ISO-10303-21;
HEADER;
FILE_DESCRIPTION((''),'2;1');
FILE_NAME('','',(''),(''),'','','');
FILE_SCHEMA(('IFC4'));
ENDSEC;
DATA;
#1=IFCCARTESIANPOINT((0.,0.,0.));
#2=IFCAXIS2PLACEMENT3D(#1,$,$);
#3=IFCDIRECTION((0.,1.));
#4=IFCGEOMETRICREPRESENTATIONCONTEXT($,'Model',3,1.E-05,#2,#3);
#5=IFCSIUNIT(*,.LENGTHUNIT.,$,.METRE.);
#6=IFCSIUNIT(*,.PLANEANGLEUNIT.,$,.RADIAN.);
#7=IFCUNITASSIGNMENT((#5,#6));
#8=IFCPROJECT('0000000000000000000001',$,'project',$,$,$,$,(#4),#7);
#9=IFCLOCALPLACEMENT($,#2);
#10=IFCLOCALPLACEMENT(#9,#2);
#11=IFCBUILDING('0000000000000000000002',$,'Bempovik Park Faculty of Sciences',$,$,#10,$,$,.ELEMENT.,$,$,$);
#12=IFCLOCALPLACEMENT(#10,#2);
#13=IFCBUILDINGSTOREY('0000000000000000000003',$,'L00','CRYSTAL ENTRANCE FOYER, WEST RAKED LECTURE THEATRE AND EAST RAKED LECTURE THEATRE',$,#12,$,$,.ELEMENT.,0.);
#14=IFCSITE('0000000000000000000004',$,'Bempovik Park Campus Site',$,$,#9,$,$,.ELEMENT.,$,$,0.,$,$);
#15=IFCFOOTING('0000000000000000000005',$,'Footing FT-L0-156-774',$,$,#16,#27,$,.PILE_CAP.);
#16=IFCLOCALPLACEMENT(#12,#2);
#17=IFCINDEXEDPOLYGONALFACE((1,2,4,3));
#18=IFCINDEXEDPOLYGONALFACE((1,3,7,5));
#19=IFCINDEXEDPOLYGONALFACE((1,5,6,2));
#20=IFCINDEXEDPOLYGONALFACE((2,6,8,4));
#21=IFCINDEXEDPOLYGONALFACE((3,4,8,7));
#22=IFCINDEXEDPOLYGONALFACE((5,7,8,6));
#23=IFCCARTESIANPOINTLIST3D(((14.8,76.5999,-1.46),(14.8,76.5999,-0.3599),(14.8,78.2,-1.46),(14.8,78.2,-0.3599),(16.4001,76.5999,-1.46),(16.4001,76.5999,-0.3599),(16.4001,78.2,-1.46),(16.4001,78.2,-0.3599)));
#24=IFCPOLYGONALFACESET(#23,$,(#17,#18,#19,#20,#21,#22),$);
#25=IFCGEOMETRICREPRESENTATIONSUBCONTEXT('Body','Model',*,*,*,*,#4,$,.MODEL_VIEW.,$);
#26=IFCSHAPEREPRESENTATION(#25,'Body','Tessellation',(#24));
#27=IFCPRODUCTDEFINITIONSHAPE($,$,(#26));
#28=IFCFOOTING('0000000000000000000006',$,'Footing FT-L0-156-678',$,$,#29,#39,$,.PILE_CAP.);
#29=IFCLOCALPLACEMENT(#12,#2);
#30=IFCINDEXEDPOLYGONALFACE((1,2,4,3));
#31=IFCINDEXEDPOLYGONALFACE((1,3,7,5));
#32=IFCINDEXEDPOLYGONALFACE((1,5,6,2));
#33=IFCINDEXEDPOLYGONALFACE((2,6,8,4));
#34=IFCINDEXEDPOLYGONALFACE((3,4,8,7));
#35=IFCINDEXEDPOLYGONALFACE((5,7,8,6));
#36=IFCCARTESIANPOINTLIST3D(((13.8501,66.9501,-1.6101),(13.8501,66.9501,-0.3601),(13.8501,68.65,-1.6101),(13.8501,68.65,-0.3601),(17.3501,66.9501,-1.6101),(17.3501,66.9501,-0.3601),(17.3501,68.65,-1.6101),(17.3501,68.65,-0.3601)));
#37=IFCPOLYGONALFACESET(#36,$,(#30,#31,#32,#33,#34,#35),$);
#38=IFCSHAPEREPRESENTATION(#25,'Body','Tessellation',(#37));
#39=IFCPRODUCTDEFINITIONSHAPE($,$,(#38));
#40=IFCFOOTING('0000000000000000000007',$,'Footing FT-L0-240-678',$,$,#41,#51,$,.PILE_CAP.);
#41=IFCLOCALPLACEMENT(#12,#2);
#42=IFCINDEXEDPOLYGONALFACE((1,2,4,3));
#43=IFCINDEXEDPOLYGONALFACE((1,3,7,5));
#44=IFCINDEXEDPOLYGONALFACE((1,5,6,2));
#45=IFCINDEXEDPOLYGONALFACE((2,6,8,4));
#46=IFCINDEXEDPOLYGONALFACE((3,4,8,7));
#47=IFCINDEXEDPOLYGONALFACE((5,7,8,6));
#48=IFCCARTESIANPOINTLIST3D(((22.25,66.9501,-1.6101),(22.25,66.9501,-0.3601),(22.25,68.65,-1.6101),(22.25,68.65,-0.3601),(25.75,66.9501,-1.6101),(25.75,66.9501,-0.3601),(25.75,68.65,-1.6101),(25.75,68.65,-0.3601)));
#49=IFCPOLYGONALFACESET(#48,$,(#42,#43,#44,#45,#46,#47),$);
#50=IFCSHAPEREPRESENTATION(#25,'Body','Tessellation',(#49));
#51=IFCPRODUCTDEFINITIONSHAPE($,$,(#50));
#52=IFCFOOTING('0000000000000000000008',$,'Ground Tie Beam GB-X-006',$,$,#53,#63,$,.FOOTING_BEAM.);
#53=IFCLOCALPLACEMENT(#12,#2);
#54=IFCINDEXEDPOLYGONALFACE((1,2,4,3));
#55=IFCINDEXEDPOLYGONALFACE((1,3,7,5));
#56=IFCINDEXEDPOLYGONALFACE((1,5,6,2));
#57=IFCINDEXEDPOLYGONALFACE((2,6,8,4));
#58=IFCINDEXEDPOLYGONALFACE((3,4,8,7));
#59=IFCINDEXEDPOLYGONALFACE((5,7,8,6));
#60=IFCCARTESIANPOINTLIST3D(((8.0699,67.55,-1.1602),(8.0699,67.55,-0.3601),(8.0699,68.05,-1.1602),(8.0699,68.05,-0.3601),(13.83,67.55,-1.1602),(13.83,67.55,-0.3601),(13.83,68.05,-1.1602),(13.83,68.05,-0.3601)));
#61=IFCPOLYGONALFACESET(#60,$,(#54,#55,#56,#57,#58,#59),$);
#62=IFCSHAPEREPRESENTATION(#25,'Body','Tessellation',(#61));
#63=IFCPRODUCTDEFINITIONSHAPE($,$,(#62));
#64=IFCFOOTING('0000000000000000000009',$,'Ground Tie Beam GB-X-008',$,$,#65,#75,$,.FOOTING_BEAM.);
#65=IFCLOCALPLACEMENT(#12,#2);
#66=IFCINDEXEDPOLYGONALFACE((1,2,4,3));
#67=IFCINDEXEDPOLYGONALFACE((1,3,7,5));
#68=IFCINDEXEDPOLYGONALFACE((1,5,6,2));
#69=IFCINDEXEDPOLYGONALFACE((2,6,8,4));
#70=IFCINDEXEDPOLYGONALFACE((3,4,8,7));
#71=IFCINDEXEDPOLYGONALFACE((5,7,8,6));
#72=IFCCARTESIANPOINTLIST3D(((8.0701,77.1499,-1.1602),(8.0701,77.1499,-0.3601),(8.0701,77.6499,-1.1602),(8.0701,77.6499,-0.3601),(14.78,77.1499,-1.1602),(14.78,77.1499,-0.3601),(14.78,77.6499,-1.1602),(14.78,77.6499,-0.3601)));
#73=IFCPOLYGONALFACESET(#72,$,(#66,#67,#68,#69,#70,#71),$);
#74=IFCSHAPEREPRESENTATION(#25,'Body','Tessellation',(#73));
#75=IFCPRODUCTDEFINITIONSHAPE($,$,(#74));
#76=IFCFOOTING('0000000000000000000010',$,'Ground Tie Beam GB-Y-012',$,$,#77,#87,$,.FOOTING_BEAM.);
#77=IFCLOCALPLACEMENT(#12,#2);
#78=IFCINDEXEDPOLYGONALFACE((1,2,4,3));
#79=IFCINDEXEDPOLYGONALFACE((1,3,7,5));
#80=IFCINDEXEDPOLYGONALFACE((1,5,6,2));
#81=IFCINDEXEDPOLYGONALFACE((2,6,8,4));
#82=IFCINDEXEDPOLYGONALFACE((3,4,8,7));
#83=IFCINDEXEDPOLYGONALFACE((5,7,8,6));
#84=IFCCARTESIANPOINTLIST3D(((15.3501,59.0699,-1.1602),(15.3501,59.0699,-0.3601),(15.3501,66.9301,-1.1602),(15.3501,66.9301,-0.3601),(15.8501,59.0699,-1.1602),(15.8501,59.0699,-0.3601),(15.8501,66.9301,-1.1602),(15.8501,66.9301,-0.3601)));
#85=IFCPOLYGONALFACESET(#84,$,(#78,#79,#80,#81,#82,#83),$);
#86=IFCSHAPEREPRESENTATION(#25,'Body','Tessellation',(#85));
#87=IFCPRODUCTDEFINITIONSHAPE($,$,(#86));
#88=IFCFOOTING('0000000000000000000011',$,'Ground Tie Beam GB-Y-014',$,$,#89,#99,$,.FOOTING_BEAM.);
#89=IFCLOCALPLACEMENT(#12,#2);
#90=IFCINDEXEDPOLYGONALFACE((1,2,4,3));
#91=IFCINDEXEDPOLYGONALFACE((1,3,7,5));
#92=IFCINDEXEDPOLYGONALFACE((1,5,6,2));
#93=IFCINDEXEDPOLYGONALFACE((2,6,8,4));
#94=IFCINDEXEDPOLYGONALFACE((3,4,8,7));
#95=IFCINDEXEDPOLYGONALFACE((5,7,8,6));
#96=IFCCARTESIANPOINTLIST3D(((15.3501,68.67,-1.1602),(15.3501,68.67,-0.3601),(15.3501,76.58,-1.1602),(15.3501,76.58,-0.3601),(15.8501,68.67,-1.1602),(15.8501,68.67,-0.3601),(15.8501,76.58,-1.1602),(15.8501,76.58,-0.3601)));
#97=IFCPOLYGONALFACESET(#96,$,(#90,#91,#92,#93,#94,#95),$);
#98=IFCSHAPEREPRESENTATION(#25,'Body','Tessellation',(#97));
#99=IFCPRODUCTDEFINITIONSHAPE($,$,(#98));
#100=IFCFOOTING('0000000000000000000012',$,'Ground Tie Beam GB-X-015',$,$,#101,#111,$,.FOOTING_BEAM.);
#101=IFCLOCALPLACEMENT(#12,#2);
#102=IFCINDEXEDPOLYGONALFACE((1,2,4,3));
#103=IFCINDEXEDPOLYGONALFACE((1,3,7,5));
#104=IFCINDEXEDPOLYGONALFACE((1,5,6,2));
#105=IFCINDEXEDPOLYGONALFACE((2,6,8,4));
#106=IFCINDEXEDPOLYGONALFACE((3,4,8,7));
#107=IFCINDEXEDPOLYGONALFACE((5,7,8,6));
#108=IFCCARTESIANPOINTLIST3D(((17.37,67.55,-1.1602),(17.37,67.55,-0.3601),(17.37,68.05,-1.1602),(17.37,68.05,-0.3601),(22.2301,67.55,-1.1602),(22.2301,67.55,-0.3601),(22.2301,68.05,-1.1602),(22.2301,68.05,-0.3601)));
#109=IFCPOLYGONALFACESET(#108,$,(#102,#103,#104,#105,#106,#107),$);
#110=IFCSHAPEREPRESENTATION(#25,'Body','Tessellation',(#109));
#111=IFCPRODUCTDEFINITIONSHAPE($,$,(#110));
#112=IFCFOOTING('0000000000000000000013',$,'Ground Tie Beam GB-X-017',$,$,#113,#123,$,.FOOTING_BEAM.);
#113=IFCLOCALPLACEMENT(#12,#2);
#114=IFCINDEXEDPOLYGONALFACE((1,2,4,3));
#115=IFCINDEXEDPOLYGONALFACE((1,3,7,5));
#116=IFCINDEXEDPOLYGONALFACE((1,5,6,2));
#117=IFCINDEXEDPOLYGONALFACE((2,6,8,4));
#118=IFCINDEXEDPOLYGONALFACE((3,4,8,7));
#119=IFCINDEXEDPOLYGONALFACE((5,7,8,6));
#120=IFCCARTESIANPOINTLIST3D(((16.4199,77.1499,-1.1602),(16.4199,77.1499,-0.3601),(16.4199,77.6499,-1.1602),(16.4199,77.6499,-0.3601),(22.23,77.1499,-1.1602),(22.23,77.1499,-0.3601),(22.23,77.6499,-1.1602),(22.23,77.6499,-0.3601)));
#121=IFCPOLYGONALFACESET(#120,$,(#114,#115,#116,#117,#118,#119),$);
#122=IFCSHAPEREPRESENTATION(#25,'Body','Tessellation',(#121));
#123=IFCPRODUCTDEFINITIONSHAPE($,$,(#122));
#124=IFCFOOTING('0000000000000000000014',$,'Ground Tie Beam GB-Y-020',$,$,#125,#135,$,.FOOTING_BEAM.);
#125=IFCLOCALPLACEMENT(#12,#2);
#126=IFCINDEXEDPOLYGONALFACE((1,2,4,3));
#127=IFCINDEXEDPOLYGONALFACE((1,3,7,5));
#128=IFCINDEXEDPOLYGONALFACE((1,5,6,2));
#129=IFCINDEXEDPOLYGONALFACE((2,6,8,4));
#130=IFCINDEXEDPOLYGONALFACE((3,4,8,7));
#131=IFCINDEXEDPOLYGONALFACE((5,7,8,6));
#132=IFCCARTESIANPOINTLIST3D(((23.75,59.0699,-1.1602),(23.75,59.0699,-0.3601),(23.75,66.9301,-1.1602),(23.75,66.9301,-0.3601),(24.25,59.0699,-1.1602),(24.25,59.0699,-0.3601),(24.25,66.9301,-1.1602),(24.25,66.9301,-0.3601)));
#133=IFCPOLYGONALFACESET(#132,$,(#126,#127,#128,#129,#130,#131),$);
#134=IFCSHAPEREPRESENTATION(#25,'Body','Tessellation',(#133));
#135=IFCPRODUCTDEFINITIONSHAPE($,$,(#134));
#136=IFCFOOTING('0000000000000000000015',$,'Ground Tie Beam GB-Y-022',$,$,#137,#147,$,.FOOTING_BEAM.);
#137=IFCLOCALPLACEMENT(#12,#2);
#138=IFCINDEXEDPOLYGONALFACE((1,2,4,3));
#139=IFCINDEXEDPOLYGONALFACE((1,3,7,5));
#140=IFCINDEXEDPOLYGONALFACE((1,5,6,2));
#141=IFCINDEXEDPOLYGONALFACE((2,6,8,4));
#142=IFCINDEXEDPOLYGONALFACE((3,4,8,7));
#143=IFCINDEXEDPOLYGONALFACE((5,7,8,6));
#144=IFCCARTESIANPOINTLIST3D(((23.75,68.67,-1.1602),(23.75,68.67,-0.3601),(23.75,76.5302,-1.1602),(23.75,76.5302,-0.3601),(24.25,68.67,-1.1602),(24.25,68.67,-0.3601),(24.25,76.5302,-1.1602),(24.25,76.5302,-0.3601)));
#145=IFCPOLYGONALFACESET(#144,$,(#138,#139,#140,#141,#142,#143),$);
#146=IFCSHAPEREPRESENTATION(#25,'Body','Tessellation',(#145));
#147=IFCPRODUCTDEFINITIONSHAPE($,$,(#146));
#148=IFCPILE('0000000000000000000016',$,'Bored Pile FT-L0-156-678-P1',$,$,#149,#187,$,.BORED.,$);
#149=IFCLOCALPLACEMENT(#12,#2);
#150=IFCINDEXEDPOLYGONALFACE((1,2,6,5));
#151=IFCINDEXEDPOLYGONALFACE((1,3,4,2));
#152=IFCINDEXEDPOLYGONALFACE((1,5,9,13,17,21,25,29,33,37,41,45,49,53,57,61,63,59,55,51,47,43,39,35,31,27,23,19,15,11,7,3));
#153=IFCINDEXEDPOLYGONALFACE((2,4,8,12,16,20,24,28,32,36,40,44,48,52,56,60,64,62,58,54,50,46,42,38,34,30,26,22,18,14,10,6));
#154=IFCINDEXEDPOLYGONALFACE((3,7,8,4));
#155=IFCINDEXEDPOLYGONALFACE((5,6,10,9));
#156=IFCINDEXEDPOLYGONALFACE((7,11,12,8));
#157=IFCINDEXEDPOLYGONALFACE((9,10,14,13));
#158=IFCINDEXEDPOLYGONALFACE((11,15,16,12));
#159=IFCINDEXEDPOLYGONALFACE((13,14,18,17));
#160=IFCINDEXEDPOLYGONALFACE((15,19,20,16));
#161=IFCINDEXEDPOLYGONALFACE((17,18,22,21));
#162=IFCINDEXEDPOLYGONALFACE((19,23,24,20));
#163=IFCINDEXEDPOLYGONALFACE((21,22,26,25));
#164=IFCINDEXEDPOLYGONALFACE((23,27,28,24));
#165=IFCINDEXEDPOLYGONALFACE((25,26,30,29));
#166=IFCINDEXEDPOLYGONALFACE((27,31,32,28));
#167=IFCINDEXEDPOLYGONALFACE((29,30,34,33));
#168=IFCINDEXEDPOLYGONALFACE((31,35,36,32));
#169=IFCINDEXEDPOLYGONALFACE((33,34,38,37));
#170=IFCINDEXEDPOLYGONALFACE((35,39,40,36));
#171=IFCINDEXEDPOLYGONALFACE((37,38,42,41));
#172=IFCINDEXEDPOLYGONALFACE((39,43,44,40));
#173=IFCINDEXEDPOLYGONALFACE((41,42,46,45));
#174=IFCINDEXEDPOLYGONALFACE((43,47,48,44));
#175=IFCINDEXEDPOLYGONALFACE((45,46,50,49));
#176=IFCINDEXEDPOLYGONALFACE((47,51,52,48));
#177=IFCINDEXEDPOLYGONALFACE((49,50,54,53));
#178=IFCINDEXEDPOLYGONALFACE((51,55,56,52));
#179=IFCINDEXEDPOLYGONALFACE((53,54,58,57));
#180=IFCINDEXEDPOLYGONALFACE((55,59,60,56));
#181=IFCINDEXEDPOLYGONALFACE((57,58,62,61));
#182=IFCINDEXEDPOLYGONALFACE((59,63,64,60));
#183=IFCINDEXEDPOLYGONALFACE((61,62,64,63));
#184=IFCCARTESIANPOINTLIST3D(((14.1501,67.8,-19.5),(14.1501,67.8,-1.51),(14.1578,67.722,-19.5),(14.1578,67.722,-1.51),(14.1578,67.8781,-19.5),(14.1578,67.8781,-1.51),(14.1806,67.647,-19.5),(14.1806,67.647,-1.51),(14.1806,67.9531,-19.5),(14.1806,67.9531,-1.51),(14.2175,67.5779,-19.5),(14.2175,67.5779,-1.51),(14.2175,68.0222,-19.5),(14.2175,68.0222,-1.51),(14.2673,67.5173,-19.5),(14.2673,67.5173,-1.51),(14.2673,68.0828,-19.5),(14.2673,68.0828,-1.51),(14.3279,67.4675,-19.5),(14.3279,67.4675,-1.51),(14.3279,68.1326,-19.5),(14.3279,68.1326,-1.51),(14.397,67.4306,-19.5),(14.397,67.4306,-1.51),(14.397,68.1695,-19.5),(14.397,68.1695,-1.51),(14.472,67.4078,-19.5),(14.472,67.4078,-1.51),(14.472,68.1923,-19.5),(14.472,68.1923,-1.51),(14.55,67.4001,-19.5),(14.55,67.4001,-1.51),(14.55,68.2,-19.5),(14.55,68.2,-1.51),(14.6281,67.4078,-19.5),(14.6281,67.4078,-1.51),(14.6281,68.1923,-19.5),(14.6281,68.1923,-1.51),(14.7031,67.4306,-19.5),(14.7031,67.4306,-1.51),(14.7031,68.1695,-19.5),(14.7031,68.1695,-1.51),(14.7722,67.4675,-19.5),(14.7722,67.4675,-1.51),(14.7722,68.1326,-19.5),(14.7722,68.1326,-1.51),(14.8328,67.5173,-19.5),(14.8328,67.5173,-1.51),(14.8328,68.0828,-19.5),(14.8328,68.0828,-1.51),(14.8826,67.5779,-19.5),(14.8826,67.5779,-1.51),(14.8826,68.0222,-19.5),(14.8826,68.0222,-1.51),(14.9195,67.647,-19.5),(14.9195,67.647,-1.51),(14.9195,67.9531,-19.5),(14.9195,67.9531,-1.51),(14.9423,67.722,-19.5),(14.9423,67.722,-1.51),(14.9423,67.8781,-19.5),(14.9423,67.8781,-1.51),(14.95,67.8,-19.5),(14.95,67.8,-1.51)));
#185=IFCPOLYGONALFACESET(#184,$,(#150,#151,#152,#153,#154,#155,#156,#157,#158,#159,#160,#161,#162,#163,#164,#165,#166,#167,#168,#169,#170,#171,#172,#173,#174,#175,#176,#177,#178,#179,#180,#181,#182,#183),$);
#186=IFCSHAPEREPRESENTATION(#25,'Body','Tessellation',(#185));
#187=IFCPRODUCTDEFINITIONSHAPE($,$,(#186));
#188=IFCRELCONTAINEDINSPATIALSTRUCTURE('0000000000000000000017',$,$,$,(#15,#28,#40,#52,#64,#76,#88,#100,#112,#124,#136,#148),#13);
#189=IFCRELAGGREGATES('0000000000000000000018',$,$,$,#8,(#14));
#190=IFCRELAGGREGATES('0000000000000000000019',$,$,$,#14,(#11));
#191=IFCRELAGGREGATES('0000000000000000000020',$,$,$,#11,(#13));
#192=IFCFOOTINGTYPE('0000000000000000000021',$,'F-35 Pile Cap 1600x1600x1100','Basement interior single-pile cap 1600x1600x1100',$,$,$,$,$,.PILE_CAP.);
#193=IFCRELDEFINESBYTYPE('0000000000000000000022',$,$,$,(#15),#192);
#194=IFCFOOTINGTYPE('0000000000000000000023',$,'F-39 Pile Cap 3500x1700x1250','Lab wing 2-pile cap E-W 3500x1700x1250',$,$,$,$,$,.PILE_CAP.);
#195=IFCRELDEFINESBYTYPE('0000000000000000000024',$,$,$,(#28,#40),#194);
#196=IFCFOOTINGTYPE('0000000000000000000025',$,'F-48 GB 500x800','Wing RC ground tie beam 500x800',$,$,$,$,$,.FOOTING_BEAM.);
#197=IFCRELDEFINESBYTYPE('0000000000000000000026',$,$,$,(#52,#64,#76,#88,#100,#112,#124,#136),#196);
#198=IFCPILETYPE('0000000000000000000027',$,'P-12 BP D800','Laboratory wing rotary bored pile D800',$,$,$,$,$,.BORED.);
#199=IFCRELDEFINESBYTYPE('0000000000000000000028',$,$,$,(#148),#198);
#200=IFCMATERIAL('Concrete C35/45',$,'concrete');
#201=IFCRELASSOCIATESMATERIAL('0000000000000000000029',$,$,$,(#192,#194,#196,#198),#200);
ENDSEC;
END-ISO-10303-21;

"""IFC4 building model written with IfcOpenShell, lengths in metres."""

from ifc_helpers import new_model, si_unit, direction, frame, origin, origin_2d, place, context, subcontext, project, spatial, rectangle, circle, extrude, material, material_profile, profile_set, type_object, element, save


model = new_model("IFC4")

# Units and contexts
model_context = context("Model", 3, precision=1e-05, world=origin(), true_north=direction((0.0, 1.0)))
body_context = subcontext(model_context, "Body", "Model", "MODEL_VIEW")
ifc_project = project(units=[si_unit("LENGTHUNIT", "METRE"), si_unit("PLANEANGLEUNIT", "RADIAN")], contexts=[model_context])

# Site, building, storey
site_placement = place(None, origin())
site = spatial("IfcSite", under=ifc_project, at=site_placement, Name="Bempovik Park Campus Site", CompositionType="ELEMENT", RefElevation=0.0)
building_placement = place(site_placement, origin())
building = spatial("IfcBuilding", under=site, at=building_placement, Name="Bempovik Park Faculty of Sciences", CompositionType="ELEMENT")
storey_placement = place(building_placement, origin())
storey = spatial("IfcBuildingStorey", under=building, at=storey_placement, Name="L00", Description="CRYSTAL ENTRANCE FOYER, WEST RAKED LECTURE THEATRE AND EAST RAKED LECTURE THEATRE", CompositionType="ELEMENT", Elevation=0.0)

# Footings
ifc_material_1 = material(Name="Concrete C35/45", Category="concrete")
footing_type_1 = type_object("IfcFootingType", Name="F-35 Pile Cap 1600x1600x1100", Description="Basement interior single-pile cap 1600x1600x1100", PredefinedType="PILE_CAP", material=ifc_material_1)
footing_1_placement = place(storey_placement, frame((15.6001, 77.3999, -1.46), z_axis=(0.0, 0.0, 1.0), x_axis=(1.0, 0.0, 0.0)))
element("IfcFooting", 1, at=footing_1_placement, inside=storey, type_object=footing_type_1, Name="Footing FT-L0-156-774", PredefinedType="PILE_CAP", context=body_context, shape_type="SweptSolid", body=[
    extrude(rectangle(XDim=1.6001, YDim=1.6001, at=origin_2d()), origin(), (0.0, 0.0, 1.0), 1.1001),
])
footing_type_2 = type_object("IfcFootingType", Name="F-39 Pile Cap 3500x1700x1250", Description="Lab wing 2-pile cap E-W 3500x1700x1250", PredefinedType="PILE_CAP", material=ifc_material_1)
for number, where, z_axis, x_axis, name in (
    (2, (15.6001, 67.8, -1.6101), (0.0, 0.0, 1.0), (1.0, 0.0, 0.0), "Footing FT-L0-156-678"),
    (3, (24.0, 67.8, -1.6101), (0.0, 0.0, 1.0), (1.0, 0.0, 0.0), "Footing FT-L0-240-678"),
):
    element("IfcFooting", number, at=place(storey_placement, frame(where, z_axis=z_axis, x_axis=x_axis)), inside=storey, type_object=footing_type_2, Name=name, PredefinedType="PILE_CAP", context=body_context, shape_type="SweptSolid", body=[
        extrude(rectangle(XDim=3.5, YDim=1.7, at=origin_2d()), origin(), (0.0, 0.0, 1.0), 1.25),
    ])
footing_type_3 = type_object("IfcFootingType", Name="F-48 GB 500x800", Description="Wing RC ground tie beam 500x800", PredefinedType="FOOTING_BEAM", material=ifc_material_1)
footing_2_placement = place(storey_placement, frame((10.95, 67.8, -1.1602), z_axis=(0.0, 0.0, 1.0), x_axis=(1.0, 0.0, 0.0)))
element("IfcFooting", 4, at=footing_2_placement, inside=storey, type_object=footing_type_3, Name="Ground Tie Beam GB-X-006", PredefinedType="FOOTING_BEAM", context=body_context, shape_type="SweptSolid", body=[
    extrude(rectangle(XDim=5.76, YDim=0.5, at=origin_2d()), origin(), (0.0, 0.0, 1.0), 0.8),
])
footing_3_placement = place(storey_placement, frame((11.425, 77.3999, -1.1602), z_axis=(0.0, 0.0, 1.0), x_axis=(1.0, 0.0, 0.0)))
element("IfcFooting", 5, at=footing_3_placement, inside=storey, type_object=footing_type_3, Name="Ground Tie Beam GB-X-008", PredefinedType="FOOTING_BEAM", context=body_context, shape_type="SweptSolid", body=[
    extrude(rectangle(XDim=6.71, YDim=0.5, at=origin_2d()), origin(), (0.0, 0.0, 1.0), 0.8),
])
footing_4_placement = place(storey_placement, frame((15.6001, 63.0, -1.1602), z_axis=(0.0, 0.0, 1.0), x_axis=(1.0, 0.0, 0.0)))
element("IfcFooting", 6, at=footing_4_placement, inside=storey, type_object=footing_type_3, Name="Ground Tie Beam GB-Y-012", PredefinedType="FOOTING_BEAM", context=body_context, shape_type="SweptSolid", body=[
    extrude(rectangle(XDim=0.5, YDim=7.8601, at=origin_2d()), origin(), (0.0, 0.0, 1.0), 0.8),
])
footing_5_placement = place(storey_placement, frame((15.6001, 72.625, -1.1602), z_axis=(0.0, 0.0, 1.0), x_axis=(1.0, 0.0, 0.0)))
element("IfcFooting", 7, at=footing_5_placement, inside=storey, type_object=footing_type_3, Name="Ground Tie Beam GB-Y-014", PredefinedType="FOOTING_BEAM", context=body_context, shape_type="SweptSolid", body=[
    extrude(rectangle(XDim=0.5, YDim=7.9099, at=origin_2d()), origin(), (0.0, 0.0, 1.0), 0.8),
])
footing_6_placement = place(storey_placement, frame((19.8, 67.8, -1.1602), z_axis=(0.0, 0.0, 1.0), x_axis=(1.0, 0.0, 0.0)))
element("IfcFooting", 8, at=footing_6_placement, inside=storey, type_object=footing_type_3, Name="Ground Tie Beam GB-X-015", PredefinedType="FOOTING_BEAM", context=body_context, shape_type="SweptSolid", body=[
    extrude(rectangle(XDim=4.8601, YDim=0.5, at=origin_2d()), origin(), (0.0, 0.0, 1.0), 0.8),
])
footing_7_placement = place(storey_placement, frame((19.325, 77.3999, -1.1602), z_axis=(0.0, 0.0, 1.0), x_axis=(1.0, 0.0, 0.0)))
element("IfcFooting", 9, at=footing_7_placement, inside=storey, type_object=footing_type_3, Name="Ground Tie Beam GB-X-017", PredefinedType="FOOTING_BEAM", context=body_context, shape_type="SweptSolid", body=[
    extrude(rectangle(XDim=5.8101, YDim=0.5, at=origin_2d()), origin(), (0.0, 0.0, 1.0), 0.8),
])
for number, where, z_axis, x_axis, name in (
    (10, (24.0, 63.0, -1.1602), (0.0, 0.0, 1.0), (1.0, 0.0, 0.0), "Ground Tie Beam GB-Y-020"),
    (11, (24.0, 72.6001, -1.1602), (0.0, 0.0, 1.0), (1.0, 0.0, 0.0), "Ground Tie Beam GB-Y-022"),
):
    element("IfcFooting", number, at=place(storey_placement, frame(where, z_axis=z_axis, x_axis=x_axis)), inside=storey, type_object=footing_type_3, Name=name, PredefinedType="FOOTING_BEAM", context=body_context, shape_type="SweptSolid", body=[
        extrude(rectangle(XDim=0.5, YDim=7.8601, at=origin_2d()), origin(), (0.0, 0.0, 1.0), 0.8),
    ])

# Pile
ifc_material_profile_1 = material_profile(ifc_material_1, circle(Radius=0.3999, at=origin_2d()), Name="BP D800")
ifc_profile_set_1 = profile_set([ifc_material_profile_1], Name="Concrete C35/45")
pile_type = type_object("IfcPileType", Name="P-12 BP D800", Description="Laboratory wing rotary bored pile D800", PredefinedType="BORED", material=ifc_profile_set_1)
for number, where, z_axis, x_axis, name in (
    (12, (14.55, 67.8, -1.51), (0.0, 0.0, -1.0), (1.0, 0.0, 0.0), "Bored Pile FT-L0-156-678-P1"),
):
    element("IfcPile", number, at=place(storey_placement, frame(where, z_axis=z_axis, x_axis=x_axis)), inside=storey, type_object=pile_type, Name=name, PredefinedType="BORED", context=body_context, shape_type="SweptSolid", body=[
        extrude(circle(Radius=0.3999, at=origin_2d()), origin(), (0.0, 0.0, 1.0), 17.99),
    ])

save(model, "model.ifc")
